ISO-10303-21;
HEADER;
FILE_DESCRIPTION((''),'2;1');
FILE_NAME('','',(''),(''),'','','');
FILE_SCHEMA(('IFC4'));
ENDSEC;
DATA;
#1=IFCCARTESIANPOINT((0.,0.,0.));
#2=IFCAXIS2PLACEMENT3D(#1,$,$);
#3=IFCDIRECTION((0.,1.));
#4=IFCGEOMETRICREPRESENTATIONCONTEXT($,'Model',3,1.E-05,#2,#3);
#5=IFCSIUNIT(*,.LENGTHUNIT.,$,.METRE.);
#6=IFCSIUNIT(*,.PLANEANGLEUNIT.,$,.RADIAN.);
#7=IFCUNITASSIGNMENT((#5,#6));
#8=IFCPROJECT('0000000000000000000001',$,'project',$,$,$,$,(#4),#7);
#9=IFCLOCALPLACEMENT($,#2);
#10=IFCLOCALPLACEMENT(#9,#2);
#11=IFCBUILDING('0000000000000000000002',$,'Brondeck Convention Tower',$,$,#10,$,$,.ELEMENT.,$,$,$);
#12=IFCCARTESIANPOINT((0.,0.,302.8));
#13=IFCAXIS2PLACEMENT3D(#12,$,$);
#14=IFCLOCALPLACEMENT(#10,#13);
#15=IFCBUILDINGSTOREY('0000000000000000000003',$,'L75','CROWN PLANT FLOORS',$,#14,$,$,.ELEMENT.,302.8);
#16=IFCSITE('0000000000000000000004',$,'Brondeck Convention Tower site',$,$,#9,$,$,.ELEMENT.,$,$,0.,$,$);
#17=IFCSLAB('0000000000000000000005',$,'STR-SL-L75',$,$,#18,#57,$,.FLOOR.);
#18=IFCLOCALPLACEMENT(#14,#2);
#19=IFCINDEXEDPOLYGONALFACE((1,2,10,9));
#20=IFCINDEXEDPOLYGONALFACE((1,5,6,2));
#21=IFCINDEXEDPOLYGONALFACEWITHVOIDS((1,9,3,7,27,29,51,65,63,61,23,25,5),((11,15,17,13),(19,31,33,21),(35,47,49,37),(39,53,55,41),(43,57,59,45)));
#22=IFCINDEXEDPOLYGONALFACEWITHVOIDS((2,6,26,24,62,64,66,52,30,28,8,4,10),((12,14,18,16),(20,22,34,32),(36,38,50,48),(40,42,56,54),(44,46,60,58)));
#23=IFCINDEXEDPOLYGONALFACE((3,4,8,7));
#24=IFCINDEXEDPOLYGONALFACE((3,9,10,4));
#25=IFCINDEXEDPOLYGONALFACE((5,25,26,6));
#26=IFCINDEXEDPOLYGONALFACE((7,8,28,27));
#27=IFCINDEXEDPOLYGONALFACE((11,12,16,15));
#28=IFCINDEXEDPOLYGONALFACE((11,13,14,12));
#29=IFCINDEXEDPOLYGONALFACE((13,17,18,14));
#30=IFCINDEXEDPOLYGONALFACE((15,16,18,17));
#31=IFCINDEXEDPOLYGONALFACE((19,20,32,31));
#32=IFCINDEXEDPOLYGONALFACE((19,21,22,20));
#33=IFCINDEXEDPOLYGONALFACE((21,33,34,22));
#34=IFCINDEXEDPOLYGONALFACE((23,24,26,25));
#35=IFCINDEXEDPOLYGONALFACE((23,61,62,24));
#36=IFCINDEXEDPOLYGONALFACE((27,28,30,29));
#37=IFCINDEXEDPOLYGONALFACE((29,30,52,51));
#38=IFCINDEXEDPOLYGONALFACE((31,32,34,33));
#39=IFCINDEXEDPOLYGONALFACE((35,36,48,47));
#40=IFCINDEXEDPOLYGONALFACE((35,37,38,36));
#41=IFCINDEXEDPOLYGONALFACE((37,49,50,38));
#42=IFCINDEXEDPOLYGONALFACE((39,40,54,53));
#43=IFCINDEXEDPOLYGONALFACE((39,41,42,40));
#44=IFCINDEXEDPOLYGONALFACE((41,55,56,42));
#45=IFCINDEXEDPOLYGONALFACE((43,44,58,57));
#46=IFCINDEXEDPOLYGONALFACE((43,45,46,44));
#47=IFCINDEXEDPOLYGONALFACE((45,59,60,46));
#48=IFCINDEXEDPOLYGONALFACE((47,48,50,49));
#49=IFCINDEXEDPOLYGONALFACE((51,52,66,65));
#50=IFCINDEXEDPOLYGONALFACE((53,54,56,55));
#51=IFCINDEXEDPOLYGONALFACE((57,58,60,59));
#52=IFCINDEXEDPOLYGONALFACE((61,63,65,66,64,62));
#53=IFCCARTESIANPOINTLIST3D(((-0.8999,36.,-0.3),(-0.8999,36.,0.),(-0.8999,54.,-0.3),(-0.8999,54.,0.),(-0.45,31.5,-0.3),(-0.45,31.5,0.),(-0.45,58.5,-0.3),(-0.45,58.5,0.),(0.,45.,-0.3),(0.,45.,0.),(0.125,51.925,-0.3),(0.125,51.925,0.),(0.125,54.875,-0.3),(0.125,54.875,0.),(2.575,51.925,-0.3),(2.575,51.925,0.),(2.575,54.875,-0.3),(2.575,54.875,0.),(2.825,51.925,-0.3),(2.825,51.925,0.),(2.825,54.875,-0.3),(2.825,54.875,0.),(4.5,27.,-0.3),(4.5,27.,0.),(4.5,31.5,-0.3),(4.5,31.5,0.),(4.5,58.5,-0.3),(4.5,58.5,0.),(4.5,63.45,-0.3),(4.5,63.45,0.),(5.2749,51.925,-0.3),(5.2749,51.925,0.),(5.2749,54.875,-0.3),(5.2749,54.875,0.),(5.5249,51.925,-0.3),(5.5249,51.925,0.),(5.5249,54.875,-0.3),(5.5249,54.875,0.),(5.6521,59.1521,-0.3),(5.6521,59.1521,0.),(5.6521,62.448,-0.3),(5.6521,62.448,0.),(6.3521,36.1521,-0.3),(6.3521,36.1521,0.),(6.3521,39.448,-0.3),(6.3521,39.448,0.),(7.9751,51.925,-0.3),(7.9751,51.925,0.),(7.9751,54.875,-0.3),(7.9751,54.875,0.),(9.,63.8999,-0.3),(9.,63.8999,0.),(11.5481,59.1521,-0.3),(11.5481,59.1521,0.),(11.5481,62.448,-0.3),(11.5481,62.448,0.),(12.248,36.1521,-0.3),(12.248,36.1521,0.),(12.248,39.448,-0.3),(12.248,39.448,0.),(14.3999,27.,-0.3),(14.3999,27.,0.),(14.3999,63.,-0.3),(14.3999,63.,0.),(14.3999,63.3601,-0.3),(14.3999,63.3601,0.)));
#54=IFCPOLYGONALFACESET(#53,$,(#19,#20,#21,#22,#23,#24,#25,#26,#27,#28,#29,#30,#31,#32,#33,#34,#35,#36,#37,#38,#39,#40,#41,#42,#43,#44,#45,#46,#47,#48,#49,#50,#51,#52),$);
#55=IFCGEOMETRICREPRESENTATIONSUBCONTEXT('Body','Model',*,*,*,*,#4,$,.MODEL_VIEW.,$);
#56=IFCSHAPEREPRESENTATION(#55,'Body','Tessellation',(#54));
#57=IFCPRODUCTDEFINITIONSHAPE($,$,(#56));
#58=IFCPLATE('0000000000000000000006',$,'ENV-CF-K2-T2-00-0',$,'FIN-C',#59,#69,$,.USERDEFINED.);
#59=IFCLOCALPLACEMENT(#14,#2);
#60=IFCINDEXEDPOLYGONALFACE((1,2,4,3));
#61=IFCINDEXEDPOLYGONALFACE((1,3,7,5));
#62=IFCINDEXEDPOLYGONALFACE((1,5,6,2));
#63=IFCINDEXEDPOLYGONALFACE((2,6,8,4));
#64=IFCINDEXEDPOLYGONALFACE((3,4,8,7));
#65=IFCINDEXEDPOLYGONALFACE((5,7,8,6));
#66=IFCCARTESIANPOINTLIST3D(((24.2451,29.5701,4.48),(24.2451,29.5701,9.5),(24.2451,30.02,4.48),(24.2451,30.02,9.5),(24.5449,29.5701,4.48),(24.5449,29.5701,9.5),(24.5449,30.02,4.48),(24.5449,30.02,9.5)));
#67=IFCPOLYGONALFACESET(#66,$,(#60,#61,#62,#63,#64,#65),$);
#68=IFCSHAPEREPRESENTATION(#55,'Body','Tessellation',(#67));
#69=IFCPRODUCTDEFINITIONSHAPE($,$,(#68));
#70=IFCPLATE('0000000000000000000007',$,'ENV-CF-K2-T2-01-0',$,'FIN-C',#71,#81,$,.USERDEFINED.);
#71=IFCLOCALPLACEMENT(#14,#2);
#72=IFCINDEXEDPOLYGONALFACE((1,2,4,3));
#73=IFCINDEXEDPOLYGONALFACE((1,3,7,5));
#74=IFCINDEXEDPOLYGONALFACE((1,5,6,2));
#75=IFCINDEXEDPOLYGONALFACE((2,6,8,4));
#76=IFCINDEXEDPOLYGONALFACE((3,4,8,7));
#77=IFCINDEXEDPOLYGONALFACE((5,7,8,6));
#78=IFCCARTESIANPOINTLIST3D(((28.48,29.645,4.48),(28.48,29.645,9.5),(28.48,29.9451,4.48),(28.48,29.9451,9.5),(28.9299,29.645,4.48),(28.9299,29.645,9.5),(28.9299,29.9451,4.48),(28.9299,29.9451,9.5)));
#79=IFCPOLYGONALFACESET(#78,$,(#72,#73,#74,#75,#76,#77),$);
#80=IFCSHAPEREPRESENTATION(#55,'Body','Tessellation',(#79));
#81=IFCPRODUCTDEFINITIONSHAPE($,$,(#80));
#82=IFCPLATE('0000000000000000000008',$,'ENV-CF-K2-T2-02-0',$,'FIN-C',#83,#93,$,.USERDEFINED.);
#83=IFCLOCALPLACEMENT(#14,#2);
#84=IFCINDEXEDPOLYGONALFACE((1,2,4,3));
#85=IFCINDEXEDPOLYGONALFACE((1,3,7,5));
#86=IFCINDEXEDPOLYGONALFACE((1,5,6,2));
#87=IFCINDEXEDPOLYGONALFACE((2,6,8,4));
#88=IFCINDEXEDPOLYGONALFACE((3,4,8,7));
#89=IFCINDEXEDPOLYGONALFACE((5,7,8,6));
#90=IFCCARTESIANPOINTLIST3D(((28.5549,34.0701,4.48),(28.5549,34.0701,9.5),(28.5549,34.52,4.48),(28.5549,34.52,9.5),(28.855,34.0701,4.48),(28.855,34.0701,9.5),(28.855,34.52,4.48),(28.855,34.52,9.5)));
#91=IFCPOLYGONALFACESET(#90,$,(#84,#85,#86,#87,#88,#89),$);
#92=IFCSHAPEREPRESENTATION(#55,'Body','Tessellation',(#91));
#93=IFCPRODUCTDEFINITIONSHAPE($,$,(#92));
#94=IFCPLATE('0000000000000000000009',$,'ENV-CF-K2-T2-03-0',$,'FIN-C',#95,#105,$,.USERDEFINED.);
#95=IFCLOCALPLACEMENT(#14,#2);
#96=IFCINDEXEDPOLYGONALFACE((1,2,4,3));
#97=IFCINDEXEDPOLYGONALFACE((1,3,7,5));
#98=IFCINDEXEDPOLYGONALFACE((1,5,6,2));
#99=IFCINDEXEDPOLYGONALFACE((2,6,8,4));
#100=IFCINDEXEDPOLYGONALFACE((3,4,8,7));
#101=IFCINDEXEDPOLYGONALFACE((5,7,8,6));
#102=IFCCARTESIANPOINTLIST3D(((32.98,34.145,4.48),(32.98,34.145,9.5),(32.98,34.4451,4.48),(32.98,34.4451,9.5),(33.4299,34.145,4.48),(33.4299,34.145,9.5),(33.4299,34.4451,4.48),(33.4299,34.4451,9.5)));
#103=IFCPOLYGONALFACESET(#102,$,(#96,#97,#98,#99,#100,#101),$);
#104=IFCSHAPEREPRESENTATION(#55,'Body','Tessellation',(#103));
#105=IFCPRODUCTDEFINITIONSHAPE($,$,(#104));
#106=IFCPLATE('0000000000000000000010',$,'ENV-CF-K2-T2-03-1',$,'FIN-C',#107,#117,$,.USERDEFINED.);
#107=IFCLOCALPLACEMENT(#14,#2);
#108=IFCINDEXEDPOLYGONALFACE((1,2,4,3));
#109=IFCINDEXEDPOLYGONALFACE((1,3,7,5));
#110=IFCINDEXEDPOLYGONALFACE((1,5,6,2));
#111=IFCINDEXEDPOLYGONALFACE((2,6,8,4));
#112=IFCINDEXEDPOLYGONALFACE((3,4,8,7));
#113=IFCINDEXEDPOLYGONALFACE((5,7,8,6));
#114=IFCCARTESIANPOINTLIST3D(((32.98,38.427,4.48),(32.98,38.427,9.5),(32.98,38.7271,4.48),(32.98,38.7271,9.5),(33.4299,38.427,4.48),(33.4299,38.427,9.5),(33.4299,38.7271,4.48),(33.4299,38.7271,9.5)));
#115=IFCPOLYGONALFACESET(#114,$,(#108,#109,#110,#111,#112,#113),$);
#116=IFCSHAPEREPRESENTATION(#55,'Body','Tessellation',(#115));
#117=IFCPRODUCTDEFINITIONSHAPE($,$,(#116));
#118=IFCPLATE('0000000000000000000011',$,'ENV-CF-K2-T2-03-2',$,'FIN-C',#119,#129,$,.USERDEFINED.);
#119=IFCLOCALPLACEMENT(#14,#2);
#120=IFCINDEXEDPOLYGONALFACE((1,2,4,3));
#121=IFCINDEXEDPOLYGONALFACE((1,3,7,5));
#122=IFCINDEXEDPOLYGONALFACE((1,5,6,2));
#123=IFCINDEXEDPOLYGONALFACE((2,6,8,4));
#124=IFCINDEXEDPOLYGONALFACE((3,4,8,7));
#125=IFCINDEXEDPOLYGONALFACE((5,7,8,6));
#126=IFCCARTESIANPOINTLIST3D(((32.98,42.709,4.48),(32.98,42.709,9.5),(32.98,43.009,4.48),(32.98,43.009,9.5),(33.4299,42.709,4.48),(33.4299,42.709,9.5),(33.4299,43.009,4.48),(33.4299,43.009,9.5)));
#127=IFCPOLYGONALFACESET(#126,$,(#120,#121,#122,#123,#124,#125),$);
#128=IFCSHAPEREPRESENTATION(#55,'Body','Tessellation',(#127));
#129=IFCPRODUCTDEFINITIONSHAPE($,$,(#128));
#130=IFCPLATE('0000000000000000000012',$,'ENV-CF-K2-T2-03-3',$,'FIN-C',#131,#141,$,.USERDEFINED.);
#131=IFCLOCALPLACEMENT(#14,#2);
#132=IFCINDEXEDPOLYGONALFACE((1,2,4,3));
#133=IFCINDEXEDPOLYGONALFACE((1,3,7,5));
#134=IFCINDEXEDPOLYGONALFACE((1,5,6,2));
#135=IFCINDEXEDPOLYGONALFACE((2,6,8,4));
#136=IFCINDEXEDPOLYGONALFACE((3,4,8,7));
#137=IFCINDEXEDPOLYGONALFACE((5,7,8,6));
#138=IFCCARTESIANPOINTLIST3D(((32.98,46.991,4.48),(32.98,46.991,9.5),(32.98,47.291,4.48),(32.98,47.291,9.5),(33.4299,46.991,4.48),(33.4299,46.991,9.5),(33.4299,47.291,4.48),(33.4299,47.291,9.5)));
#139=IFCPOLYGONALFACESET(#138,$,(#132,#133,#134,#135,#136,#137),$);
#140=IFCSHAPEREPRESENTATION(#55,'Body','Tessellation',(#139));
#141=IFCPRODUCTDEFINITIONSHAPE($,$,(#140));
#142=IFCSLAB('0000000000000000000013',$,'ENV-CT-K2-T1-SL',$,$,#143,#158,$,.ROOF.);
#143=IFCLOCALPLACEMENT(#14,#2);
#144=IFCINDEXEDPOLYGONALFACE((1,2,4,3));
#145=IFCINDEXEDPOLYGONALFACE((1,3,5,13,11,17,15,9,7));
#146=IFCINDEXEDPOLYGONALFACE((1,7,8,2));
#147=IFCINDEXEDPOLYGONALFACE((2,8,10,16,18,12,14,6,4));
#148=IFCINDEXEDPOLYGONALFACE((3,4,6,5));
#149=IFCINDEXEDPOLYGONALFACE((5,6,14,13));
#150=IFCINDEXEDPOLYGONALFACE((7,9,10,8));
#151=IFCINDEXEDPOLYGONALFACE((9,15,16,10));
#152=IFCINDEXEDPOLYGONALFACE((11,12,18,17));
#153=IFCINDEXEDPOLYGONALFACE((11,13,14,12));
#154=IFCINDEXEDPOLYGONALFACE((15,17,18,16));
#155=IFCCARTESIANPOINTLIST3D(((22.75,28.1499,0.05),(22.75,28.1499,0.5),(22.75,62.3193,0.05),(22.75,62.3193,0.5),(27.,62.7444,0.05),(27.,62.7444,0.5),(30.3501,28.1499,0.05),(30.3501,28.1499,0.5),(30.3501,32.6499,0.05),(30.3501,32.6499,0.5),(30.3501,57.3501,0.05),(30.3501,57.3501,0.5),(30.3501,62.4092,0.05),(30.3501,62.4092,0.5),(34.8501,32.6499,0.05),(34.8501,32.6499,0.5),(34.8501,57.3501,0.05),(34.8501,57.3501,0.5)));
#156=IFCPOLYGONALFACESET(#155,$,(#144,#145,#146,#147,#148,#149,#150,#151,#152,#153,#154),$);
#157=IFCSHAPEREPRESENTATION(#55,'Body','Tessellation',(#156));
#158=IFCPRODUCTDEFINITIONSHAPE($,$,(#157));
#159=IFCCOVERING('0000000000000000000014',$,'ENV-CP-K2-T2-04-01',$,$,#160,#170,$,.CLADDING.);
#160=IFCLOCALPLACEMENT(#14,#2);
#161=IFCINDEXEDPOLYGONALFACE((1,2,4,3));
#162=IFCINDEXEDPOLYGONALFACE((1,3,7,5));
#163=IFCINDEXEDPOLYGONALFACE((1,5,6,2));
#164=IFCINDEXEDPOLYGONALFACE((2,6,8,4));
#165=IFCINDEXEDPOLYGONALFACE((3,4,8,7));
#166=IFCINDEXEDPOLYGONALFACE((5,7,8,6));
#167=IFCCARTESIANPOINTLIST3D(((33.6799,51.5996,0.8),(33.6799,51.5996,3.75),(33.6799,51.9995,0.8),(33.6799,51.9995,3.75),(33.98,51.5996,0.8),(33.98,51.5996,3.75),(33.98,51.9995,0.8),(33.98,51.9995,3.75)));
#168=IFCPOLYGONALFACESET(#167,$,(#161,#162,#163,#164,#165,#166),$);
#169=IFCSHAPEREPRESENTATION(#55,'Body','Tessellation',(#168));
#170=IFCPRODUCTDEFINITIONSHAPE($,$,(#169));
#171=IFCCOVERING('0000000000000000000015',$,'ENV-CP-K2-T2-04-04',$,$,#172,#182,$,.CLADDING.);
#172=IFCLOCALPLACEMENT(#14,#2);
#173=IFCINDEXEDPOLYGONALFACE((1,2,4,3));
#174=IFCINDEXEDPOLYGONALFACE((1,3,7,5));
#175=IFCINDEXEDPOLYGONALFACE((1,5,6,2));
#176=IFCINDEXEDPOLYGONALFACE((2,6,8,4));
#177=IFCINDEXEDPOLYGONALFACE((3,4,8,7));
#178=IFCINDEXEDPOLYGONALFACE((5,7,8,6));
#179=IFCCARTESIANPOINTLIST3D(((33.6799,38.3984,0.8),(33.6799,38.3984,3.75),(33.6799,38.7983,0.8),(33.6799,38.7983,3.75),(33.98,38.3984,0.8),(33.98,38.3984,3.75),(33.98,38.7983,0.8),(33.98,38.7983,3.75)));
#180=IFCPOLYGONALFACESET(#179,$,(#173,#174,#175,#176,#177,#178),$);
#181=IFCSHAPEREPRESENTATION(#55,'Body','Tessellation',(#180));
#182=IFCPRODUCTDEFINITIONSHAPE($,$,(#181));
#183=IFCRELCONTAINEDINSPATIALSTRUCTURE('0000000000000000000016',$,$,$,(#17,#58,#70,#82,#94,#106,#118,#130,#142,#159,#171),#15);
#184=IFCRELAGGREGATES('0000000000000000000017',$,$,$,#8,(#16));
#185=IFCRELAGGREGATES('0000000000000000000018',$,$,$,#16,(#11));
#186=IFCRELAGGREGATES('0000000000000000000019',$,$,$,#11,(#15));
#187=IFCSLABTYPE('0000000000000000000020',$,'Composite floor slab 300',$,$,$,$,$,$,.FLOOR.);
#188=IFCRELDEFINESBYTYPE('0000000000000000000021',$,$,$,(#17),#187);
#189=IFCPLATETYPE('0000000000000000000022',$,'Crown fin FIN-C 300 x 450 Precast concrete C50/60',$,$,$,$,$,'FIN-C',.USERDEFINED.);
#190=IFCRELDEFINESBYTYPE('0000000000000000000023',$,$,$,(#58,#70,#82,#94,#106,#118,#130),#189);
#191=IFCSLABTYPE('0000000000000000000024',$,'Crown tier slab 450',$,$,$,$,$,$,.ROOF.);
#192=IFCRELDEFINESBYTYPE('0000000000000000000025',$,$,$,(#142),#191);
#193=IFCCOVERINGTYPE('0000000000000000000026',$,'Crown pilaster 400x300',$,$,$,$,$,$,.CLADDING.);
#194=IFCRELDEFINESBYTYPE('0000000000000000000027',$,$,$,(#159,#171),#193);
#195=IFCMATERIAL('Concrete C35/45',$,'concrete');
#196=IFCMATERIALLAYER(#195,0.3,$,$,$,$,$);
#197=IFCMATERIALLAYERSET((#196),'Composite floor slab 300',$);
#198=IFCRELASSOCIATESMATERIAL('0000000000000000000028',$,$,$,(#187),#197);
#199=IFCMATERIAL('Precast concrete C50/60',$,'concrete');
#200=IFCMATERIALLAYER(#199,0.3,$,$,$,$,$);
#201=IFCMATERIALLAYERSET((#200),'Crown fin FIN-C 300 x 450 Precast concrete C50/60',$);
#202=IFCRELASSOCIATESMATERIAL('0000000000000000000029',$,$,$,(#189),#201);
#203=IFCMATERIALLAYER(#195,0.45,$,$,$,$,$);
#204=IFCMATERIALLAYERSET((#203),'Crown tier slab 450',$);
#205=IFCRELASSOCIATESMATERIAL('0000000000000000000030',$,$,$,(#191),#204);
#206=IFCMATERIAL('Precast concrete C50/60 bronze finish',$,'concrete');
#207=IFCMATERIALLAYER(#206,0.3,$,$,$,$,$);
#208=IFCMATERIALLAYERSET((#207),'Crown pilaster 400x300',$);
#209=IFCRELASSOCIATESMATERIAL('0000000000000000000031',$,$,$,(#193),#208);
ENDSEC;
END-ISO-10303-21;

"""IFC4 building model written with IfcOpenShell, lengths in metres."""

from ifc_helpers import new_model, si_unit, direction, frame, origin, place, context, subcontext, project, spatial, polyline, outline, extrude, material, layer, layer_set, type_object, element, save


model = new_model("IFC4")

# Units and contexts
model_context = context("Model", 3, precision=1e-05, world=origin(), true_north=direction((0.0, 1.0)))
body_context = subcontext(model_context, "Body", "Model", "MODEL_VIEW")
ifc_project = project(units=[si_unit("LENGTHUNIT", "METRE"), si_unit("PLANEANGLEUNIT", "RADIAN")], contexts=[model_context])

# Site, building, storey
site_placement = place(None, origin())
site = spatial("IfcSite", under=ifc_project, at=site_placement, Name="Brondeck Convention Tower site", CompositionType="ELEMENT", RefElevation=0.0)
building_placement = place(site_placement, origin())
building = spatial("IfcBuilding", under=site, at=building_placement, Name="Brondeck Convention Tower", CompositionType="ELEMENT")
storey_placement = place(building_placement, frame((0.0, 0.0, 302.8)))
storey = spatial("IfcBuildingStorey", under=building, at=storey_placement, Name="L75", Description="CROWN PLANT FLOORS", CompositionType="ELEMENT", Elevation=302.8)

# Slab
ifc_material_1 = material(Name="Concrete C35/45", Category="concrete")
ifc_layer_1 = layer(ifc_material_1, 0.3)
ifc_layer_set_1 = layer_set([ifc_layer_1], Name="Composite floor slab 300")
slab_type_1 = type_object("IfcSlabType", Name="Composite floor slab 300", PredefinedType="FLOOR", material=ifc_layer_set_1)
slab_1_placement = place(storey_placement, frame((0.0, 0.0, -0.3)))
element("IfcSlab", 1, at=slab_1_placement, inside=storey, type_object=slab_type_1, Name="STR-SL-L75", PredefinedType="FLOOR", context=body_context, shape_type="SweptSolid", body=[
    extrude(outline(polyline([(4.5, 31.5), (-0.45, 31.5), (-0.8999, 36.0), (0.0, 45.0), (-0.8999, 54.0), (-0.45, 58.5), (4.5, 58.5), (4.5, 63.45), (9.0, 63.8999), (14.3999, 63.3601), (14.3999, 63.0), (14.3999, 27.0), (4.5, 27.0), (4.5, 31.5)]), holes=[polyline([(6.3521, 39.448), (6.3521, 36.1521), (12.248, 36.1521), (12.248, 39.448), (6.3521, 39.448)]), polyline([(0.125, 54.875), (0.125, 51.925), (2.575, 51.925), (2.575, 54.875), (0.125, 54.875)]), polyline([(2.825, 54.875), (2.825, 51.925), (5.2749, 51.925), (5.2749, 54.875), (2.825, 54.875)]), polyline([(7.9751, 54.875), (5.5249, 54.875), (5.5249, 51.925), (7.9751, 51.925), (7.9751, 54.875)]), polyline([(5.6521, 59.1521), (11.5481, 59.1521), (11.5481, 62.448), (5.6521, 62.448), (5.6521, 59.1521)])]), origin(), (0.0, 0.0, 1.0), 0.3),
])

# Plates
ifc_material_2 = material(Name="Precast concrete C50/60", Category="concrete")
ifc_layer_2 = layer(ifc_material_2, 0.3)
ifc_layer_set_2 = layer_set([ifc_layer_2], Name="Crown fin FIN-C 300 x 450 Precast concrete C50/60")
plate_type = type_object("IfcPlateType", Name="Crown fin FIN-C 300 x 450 Precast concrete C50/60", ElementType="FIN-C", PredefinedType="USERDEFINED", material=ifc_layer_set_2)
plate_1_placement = place(storey_placement, frame((0.0, 0.0, 4.48)))
element("IfcPlate", 2, at=plate_1_placement, inside=storey, type_object=plate_type, Name="ENV-CF-K2-T2-00-0", ObjectType="FIN-C", PredefinedType="USERDEFINED", context=body_context, shape_type="SweptSolid", body=[
    extrude(outline(polyline([(24.5449, 30.02), (24.2451, 30.02), (24.2451, 29.5701), (24.5449, 29.5701), (24.5449, 30.02)])), origin(), (0.0, 0.0, 1.0), 5.02),
])
plate_2_placement = place(storey_placement, frame((0.0, 0.0, 4.48)))
element("IfcPlate", 3, at=plate_2_placement, inside=storey, type_object=plate_type, Name="ENV-CF-K2-T2-01-0", ObjectType="FIN-C", PredefinedType="USERDEFINED", context=body_context, shape_type="SweptSolid", body=[
    extrude(outline(polyline([(28.48, 29.9451), (28.48, 29.645), (28.9299, 29.645), (28.9299, 29.9451), (28.48, 29.9451)])), origin(), (0.0, 0.0, 1.0), 5.02),
])
plate_3_placement = place(storey_placement, frame((0.0, 0.0, 4.48)))
element("IfcPlate", 4, at=plate_3_placement, inside=storey, type_object=plate_type, Name="ENV-CF-K2-T2-02-0", ObjectType="FIN-C", PredefinedType="USERDEFINED", context=body_context, shape_type="SweptSolid", body=[
    extrude(outline(polyline([(28.855, 34.52), (28.5549, 34.52), (28.5549, 34.0701), (28.855, 34.0701), (28.855, 34.52)])), origin(), (0.0, 0.0, 1.0), 5.02),
])
plate_4_placement = place(storey_placement, frame((0.0, 0.0, 4.48)))
element("IfcPlate", 5, at=plate_4_placement, inside=storey, type_object=plate_type, Name="ENV-CF-K2-T2-03-0", ObjectType="FIN-C", PredefinedType="USERDEFINED", context=body_context, shape_type="SweptSolid", body=[
    extrude(outline(polyline([(32.98, 34.4451), (32.98, 34.145), (33.4299, 34.145), (33.4299, 34.4451), (32.98, 34.4451)])), origin(), (0.0, 0.0, 1.0), 5.02),
])
plate_5_placement = place(storey_placement, frame((0.0, 0.0, 4.48)))
element("IfcPlate", 6, at=plate_5_placement, inside=storey, type_object=plate_type, Name="ENV-CF-K2-T2-03-1", ObjectType="FIN-C", PredefinedType="USERDEFINED", context=body_context, shape_type="SweptSolid", body=[
    extrude(outline(polyline([(32.98, 38.7271), (32.98, 38.427), (33.4299, 38.427), (33.4299, 38.7271), (32.98, 38.7271)])), origin(), (0.0, 0.0, 1.0), 5.02),
])
plate_6_placement = place(storey_placement, frame((0.0, 0.0, 4.48)))
element("IfcPlate", 7, at=plate_6_placement, inside=storey, type_object=plate_type, Name="ENV-CF-K2-T2-03-2", ObjectType="FIN-C", PredefinedType="USERDEFINED", context=body_context, shape_type="SweptSolid", body=[
    extrude(outline(polyline([(32.98, 43.009), (32.98, 42.709), (33.4299, 42.709), (33.4299, 43.009), (32.98, 43.009)])), origin(), (0.0, 0.0, 1.0), 5.02),
])
plate_7_placement = place(storey_placement, frame((0.0, 0.0, 4.48)))
element("IfcPlate", 8, at=plate_7_placement, inside=storey, type_object=plate_type, Name="ENV-CF-K2-T2-03-3", ObjectType="FIN-C", PredefinedType="USERDEFINED", context=body_context, shape_type="SweptSolid", body=[
    extrude(outline(polyline([(32.98, 47.291), (32.98, 46.991), (33.4299, 46.991), (33.4299, 47.291), (32.98, 47.291)])), origin(), (0.0, 0.0, 1.0), 5.02),
])

# Slab
ifc_layer_3 = layer(ifc_material_1, 0.45)
ifc_layer_set_3 = layer_set([ifc_layer_3], Name="Crown tier slab 450")
slab_type_2 = type_object("IfcSlabType", Name="Crown tier slab 450", PredefinedType="ROOF", material=ifc_layer_set_3)
slab_2_placement = place(storey_placement, frame((0.0, 0.0, 0.05)))
element("IfcSlab", 9, at=slab_2_placement, inside=storey, type_object=slab_type_2, Name="ENV-CT-K2-T1-SL", PredefinedType="ROOF", context=body_context, shape_type="SweptSolid", body=[
    extrude(outline(polyline([(22.75, 28.1499), (30.3501, 28.1499), (30.3501, 32.6499), (34.8501, 32.6499), (34.8501, 57.3501), (30.3501, 57.3501), (30.3501, 62.4092), (27.0, 62.7444), (22.75, 62.3193), (22.75, 28.1499)])), origin(), (0.0, 0.0, 1.0), 0.45),
])

# Coverings
ifc_material_3 = material(Name="Precast concrete C50/60 bronze finish", Category="concrete")
ifc_layer_4 = layer(ifc_material_3, 0.3)
ifc_layer_set_4 = layer_set([ifc_layer_4], Name="Crown pilaster 400x300")
covering_type_1 = type_object("IfcCoveringType", Name="Crown pilaster 400x300", PredefinedType="CLADDING", material=ifc_layer_set_4)
covering_1_placement = place(storey_placement, frame((0.0, 0.0, 0.8)))
element("IfcCovering", 10, at=covering_1_placement, inside=storey, type_object=covering_type_1, Name="ENV-CP-K2-T2-04-01", PredefinedType="CLADDING", context=body_context, shape_type="SweptSolid", body=[
    extrude(outline(polyline([(33.98, 51.5996), (33.98, 51.9995), (33.6799, 51.9995), (33.6799, 51.5996), (33.98, 51.5996)])), origin(), (0.0, 0.0, 1.0), 2.95),
])
covering_2_placement = place(storey_placement, frame((0.0, 0.0, 0.8)))
element("IfcCovering", 11, at=covering_2_placement, inside=storey, type_object=covering_type_1, Name="ENV-CP-K2-T2-04-04", PredefinedType="CLADDING", context=body_context, shape_type="SweptSolid", body=[
    extrude(outline(polyline([(33.98, 38.3984), (33.98, 38.7983), (33.6799, 38.7983), (33.6799, 38.3984), (33.98, 38.3984)])), origin(), (0.0, 0.0, 1.0), 2.95),
])

save(model, "model.ifc")
